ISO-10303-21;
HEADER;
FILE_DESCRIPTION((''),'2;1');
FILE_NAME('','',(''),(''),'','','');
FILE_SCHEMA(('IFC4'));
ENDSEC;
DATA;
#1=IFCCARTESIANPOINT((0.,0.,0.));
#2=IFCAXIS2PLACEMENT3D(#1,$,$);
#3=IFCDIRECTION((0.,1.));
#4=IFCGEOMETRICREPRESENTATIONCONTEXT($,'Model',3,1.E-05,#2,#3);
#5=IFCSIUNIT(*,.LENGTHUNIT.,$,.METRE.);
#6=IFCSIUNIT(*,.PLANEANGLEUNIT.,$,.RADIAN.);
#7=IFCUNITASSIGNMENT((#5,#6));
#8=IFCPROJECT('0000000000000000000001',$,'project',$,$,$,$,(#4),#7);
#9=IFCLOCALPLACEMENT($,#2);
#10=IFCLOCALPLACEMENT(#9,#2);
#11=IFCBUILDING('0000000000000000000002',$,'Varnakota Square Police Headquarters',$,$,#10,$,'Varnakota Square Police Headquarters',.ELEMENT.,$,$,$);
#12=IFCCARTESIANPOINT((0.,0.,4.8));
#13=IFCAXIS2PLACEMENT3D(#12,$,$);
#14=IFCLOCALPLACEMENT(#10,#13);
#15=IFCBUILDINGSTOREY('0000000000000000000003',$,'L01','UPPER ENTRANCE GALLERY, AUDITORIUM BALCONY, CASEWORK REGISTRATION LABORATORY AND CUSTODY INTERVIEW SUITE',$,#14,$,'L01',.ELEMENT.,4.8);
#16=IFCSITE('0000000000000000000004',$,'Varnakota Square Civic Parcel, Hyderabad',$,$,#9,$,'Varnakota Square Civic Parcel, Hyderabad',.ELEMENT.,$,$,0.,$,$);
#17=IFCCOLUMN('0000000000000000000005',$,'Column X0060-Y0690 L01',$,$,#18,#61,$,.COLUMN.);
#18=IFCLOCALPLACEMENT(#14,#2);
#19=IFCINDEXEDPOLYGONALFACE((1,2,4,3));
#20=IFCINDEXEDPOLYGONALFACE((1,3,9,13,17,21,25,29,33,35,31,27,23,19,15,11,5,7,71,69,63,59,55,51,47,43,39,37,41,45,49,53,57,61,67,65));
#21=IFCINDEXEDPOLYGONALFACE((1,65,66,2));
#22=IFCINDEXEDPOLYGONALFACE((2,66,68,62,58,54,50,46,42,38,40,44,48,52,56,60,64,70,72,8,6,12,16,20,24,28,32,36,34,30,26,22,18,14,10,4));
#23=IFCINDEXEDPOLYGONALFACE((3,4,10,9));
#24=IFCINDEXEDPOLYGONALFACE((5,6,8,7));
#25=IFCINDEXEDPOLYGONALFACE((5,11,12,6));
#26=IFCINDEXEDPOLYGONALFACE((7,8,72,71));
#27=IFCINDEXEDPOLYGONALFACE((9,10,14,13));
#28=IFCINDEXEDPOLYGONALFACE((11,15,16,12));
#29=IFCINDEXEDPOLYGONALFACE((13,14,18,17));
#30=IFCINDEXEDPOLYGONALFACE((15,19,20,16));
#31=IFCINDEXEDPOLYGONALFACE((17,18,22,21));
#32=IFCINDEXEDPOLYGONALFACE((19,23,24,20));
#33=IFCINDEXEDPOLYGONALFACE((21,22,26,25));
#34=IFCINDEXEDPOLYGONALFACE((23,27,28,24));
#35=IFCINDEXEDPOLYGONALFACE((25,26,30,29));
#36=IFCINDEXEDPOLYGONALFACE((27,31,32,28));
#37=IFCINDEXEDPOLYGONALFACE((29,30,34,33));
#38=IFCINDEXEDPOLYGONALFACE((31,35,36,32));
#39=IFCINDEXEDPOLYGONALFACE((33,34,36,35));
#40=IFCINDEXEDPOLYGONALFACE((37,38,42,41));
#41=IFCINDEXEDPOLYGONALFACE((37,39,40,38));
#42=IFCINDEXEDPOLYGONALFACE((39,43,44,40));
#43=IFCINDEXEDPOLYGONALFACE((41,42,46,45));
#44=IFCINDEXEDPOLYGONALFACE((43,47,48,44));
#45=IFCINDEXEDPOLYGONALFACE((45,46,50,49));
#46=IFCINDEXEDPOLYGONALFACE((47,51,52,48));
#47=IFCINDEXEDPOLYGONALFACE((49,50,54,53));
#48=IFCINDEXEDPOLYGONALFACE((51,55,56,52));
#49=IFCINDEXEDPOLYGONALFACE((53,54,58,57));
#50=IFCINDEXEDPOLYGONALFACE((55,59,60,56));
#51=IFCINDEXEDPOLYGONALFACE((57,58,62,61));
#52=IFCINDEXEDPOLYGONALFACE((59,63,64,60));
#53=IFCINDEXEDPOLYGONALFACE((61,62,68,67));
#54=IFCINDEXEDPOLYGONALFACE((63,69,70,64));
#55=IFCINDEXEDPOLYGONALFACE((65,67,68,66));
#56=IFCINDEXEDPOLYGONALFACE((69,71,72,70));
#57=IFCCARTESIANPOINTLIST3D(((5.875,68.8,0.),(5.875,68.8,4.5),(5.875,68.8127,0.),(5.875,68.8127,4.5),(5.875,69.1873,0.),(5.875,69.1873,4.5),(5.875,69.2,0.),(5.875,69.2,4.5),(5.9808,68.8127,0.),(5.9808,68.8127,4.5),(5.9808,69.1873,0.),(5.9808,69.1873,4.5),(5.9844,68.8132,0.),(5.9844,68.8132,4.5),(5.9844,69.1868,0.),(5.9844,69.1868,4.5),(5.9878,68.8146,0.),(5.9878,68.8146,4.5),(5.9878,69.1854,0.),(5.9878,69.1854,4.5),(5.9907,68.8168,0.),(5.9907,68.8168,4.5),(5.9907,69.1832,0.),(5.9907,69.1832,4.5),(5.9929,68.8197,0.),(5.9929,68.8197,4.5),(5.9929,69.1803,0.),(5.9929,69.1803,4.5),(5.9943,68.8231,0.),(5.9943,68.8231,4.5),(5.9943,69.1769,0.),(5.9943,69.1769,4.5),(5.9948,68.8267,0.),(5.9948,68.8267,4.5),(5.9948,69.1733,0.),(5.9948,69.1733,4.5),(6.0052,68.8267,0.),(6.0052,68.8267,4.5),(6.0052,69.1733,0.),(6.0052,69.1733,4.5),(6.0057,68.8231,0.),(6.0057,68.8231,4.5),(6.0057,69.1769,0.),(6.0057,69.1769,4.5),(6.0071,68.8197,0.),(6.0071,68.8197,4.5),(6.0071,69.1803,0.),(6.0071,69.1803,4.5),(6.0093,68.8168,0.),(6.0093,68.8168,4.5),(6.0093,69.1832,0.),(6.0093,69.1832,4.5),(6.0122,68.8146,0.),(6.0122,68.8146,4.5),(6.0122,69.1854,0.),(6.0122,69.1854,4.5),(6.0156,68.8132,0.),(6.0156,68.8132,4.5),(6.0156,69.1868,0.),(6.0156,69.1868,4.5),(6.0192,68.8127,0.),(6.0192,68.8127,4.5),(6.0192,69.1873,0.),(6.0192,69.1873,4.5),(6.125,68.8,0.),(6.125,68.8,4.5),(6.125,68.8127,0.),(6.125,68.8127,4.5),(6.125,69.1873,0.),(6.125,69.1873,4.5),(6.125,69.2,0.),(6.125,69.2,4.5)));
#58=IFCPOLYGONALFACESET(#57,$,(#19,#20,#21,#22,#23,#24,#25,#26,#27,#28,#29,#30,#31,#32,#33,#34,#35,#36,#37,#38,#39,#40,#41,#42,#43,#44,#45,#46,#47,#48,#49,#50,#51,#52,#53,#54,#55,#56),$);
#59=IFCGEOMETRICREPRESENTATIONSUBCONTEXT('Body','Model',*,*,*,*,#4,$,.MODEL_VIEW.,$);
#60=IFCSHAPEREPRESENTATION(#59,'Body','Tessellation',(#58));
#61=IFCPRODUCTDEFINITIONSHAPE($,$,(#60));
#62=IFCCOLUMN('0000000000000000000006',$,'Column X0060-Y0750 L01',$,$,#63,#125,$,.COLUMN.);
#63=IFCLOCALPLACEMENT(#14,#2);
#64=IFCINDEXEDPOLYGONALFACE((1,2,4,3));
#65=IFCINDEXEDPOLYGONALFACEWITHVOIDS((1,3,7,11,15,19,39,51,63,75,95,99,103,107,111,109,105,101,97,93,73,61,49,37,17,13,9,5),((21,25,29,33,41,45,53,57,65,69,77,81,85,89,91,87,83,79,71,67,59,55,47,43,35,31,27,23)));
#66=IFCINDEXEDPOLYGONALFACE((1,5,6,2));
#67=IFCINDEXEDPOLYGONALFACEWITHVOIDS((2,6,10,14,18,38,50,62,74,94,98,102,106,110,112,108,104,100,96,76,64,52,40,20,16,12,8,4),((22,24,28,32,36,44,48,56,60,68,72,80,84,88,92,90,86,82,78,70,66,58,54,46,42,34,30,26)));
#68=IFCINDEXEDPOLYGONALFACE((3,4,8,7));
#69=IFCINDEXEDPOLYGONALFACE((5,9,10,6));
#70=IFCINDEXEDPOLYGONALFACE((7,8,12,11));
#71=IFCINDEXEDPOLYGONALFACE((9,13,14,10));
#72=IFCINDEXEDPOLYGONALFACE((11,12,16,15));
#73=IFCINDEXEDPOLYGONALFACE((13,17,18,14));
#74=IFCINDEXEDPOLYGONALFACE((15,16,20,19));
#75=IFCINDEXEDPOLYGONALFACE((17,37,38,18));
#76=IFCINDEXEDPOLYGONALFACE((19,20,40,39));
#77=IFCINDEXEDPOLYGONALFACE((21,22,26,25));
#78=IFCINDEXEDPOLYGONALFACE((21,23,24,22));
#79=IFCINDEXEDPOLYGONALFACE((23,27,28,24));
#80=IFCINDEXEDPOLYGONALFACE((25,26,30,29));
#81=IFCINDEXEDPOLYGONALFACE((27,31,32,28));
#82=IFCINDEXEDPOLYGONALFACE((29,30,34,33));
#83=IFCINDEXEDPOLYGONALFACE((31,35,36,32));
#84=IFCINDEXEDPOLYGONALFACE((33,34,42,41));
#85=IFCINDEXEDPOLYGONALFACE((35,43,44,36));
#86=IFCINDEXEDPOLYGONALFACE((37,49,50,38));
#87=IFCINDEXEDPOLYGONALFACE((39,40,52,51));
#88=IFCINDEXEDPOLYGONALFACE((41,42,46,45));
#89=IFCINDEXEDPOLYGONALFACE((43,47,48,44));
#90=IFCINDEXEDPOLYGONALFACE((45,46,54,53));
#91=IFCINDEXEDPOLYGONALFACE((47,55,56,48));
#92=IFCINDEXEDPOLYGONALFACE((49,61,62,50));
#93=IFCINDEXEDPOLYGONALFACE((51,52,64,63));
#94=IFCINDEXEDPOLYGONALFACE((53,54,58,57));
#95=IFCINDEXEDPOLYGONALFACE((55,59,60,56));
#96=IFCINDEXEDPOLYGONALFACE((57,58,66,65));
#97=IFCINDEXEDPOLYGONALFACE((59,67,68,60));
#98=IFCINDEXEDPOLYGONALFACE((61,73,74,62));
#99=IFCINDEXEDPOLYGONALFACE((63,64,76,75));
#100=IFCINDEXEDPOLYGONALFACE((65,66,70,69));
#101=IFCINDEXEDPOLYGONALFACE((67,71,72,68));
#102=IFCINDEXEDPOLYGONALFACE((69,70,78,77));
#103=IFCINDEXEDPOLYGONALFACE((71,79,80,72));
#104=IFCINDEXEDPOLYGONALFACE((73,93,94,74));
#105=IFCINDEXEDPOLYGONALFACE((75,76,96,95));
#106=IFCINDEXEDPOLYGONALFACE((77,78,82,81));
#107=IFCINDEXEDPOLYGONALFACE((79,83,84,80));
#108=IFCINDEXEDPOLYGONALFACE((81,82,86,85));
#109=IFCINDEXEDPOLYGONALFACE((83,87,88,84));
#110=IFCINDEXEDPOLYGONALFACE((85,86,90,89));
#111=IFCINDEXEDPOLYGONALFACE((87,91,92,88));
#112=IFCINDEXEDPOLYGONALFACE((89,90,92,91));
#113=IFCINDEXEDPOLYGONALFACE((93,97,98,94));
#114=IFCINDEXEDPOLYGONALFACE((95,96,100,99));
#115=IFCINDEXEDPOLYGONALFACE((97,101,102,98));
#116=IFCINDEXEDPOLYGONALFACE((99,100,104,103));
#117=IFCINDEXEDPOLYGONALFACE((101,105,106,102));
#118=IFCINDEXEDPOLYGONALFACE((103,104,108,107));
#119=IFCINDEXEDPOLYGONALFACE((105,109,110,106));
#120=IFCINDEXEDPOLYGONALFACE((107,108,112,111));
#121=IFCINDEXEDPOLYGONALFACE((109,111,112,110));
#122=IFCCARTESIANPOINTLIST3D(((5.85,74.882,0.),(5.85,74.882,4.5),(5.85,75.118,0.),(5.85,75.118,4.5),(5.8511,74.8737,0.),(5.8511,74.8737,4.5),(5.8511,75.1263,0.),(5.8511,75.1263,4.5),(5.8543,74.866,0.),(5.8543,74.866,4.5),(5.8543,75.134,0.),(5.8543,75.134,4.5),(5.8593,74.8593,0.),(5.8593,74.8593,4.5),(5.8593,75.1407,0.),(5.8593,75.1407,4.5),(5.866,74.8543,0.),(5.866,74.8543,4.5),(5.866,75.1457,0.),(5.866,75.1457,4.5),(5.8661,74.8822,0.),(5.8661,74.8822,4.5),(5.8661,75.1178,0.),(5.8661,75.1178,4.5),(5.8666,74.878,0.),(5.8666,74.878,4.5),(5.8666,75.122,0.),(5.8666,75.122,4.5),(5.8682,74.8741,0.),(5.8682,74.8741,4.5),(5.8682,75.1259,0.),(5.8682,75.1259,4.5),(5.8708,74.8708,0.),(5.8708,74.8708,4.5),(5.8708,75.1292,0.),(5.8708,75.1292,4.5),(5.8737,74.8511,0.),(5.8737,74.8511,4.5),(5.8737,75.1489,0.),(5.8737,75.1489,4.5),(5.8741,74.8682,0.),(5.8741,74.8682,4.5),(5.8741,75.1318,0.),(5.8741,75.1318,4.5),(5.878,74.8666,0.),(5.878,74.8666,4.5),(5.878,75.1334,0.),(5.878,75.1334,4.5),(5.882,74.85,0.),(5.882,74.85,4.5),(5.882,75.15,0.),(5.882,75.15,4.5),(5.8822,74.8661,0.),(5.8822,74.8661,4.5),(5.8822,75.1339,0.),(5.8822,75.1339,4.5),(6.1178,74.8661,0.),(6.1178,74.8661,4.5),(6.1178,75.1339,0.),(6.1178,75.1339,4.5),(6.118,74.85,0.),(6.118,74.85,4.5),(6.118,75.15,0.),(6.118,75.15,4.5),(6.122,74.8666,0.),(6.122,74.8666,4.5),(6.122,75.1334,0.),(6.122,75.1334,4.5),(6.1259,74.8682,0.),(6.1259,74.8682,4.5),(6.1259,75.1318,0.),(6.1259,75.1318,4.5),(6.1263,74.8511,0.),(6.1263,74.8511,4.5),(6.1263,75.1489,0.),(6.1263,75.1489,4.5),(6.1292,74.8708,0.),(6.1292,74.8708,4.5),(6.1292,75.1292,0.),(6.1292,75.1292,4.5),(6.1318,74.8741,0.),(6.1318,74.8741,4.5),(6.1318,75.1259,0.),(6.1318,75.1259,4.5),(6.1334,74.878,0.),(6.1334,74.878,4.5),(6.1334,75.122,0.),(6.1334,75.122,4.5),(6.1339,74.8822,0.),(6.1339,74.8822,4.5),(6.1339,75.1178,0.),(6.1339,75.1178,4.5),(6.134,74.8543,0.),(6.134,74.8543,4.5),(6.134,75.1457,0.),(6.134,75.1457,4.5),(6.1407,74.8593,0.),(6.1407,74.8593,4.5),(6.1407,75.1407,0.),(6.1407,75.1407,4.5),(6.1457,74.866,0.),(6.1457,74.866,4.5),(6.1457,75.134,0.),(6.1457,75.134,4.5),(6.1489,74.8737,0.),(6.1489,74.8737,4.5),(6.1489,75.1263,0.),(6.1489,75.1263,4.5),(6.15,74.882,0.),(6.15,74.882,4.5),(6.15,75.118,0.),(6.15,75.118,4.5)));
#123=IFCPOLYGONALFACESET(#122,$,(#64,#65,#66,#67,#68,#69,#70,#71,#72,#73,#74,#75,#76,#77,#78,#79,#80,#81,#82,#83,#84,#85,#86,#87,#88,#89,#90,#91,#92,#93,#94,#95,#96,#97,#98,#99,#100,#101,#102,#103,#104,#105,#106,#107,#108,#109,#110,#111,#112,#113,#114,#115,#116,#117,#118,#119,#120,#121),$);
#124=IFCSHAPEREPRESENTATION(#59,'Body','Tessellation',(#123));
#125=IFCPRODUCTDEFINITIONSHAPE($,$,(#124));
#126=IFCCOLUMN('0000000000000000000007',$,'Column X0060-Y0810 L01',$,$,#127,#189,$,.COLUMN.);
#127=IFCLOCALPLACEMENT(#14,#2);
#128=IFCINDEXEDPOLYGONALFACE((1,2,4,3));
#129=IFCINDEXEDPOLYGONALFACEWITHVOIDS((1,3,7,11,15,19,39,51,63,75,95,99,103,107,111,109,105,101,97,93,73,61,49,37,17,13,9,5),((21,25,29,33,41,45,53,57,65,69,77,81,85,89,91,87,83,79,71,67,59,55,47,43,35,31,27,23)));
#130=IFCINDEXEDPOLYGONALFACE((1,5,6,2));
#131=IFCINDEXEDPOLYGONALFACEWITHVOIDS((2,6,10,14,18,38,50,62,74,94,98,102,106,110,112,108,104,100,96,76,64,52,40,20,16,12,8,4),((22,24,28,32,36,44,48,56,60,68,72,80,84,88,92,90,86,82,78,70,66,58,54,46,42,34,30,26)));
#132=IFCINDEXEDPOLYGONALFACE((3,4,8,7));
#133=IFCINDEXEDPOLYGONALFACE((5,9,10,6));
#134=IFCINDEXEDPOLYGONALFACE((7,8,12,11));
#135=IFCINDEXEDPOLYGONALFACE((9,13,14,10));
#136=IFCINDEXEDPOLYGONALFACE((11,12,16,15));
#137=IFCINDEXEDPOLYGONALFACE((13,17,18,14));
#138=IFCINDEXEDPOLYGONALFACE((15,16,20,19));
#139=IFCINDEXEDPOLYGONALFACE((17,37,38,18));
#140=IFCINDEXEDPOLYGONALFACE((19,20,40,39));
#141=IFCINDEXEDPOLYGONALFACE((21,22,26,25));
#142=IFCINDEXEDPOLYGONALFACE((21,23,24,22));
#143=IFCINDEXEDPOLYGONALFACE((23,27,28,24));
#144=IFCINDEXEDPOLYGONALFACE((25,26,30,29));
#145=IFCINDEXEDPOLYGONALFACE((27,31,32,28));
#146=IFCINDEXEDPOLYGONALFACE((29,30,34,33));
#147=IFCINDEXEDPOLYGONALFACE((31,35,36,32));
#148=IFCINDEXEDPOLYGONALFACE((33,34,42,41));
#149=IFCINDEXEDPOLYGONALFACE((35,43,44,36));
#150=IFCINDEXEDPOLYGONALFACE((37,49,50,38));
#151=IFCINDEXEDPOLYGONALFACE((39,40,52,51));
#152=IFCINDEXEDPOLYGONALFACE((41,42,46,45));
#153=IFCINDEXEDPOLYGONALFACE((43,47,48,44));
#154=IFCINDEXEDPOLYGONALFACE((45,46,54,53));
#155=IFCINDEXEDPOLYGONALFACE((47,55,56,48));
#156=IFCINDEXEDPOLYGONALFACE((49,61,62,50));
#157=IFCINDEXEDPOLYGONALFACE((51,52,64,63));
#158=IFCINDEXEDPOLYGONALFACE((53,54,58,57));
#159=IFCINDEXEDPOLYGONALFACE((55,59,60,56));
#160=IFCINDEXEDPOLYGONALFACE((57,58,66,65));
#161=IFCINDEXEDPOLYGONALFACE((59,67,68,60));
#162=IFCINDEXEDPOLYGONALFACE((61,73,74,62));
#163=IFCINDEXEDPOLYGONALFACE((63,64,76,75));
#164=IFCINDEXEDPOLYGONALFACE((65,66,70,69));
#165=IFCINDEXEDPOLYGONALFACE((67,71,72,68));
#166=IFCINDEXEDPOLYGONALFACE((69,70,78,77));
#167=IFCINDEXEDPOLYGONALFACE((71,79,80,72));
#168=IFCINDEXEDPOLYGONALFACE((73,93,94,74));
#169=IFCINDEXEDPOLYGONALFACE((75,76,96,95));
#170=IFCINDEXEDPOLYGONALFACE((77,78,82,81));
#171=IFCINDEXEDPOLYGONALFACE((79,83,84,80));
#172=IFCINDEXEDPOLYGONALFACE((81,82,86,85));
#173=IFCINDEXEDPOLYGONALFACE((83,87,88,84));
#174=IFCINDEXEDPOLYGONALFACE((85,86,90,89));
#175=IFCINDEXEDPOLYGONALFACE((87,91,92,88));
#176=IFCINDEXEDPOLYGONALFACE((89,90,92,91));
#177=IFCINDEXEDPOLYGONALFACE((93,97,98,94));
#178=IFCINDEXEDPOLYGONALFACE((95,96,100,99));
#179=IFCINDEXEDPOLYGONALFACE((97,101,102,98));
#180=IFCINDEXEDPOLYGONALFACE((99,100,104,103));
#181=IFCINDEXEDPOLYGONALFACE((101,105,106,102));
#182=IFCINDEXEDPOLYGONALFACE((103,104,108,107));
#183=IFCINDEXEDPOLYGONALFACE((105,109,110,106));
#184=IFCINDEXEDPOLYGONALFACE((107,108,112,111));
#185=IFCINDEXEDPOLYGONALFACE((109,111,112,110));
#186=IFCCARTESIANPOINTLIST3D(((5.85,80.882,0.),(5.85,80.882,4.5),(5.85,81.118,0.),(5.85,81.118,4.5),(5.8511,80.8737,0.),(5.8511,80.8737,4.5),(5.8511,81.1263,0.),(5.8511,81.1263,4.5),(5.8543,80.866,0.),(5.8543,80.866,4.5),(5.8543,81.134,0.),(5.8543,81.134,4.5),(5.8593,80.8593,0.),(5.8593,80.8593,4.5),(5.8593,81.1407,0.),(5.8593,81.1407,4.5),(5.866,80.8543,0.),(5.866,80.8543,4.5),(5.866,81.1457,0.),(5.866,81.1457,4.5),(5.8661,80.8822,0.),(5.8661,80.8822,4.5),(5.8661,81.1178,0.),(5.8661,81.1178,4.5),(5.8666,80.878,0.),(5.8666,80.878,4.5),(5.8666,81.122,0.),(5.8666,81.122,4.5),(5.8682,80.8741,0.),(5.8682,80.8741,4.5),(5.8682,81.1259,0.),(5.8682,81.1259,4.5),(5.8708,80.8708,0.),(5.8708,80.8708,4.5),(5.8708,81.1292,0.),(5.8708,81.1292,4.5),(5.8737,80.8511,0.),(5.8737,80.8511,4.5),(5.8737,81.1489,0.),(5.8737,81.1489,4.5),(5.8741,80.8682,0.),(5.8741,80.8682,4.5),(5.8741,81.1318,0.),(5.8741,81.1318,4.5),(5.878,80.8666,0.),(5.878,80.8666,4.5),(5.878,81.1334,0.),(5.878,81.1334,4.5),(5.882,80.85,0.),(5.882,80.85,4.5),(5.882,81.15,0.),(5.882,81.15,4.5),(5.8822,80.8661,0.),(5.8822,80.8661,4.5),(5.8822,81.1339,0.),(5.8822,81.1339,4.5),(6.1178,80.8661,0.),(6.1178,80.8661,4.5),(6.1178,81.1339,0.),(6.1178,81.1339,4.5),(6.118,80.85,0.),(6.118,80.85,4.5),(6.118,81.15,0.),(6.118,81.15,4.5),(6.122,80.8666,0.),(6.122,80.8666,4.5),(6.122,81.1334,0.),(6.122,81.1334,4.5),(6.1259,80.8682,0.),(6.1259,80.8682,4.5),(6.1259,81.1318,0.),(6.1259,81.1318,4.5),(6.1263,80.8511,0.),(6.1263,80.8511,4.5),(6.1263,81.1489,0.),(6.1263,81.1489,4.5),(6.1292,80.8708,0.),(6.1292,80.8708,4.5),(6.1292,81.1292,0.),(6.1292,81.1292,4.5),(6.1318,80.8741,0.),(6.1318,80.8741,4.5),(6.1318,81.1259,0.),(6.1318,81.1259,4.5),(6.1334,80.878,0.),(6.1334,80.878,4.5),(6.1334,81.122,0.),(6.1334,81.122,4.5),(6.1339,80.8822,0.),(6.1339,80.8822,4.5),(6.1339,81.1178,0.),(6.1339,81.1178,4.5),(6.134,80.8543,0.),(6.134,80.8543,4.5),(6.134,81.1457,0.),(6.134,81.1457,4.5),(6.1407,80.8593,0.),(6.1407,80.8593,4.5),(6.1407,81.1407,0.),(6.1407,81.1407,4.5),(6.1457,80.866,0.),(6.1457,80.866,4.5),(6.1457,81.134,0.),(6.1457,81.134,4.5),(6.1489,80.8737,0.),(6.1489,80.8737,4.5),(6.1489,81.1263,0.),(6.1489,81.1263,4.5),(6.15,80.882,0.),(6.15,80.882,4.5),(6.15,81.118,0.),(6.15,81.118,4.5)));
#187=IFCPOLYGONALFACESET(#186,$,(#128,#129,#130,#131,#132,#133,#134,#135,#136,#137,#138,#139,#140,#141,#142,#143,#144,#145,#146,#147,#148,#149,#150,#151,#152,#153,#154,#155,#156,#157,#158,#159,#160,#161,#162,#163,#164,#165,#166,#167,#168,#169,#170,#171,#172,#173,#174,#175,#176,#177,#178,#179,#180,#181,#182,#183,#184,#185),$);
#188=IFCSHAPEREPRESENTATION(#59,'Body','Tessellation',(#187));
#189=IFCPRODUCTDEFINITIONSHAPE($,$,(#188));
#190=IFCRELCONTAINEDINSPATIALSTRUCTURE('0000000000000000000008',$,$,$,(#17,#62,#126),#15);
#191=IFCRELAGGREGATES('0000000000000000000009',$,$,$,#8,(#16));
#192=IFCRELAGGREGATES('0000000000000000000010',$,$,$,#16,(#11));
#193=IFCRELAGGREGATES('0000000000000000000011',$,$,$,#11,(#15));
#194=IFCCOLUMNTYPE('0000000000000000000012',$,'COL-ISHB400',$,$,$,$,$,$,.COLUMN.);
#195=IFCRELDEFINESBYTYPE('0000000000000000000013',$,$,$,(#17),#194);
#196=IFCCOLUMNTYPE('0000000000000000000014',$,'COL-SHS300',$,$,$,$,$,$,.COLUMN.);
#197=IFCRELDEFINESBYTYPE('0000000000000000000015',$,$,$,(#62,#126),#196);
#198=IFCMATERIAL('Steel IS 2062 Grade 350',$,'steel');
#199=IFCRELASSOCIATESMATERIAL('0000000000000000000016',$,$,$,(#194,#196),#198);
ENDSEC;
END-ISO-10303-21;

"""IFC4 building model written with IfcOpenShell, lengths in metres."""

from ifc_helpers import new_model, si_unit, direction, frame, origin, origin_2d, place, context, subcontext, project, spatial, hollow_rectangle, i_section, extrude, material, material_profile, profile_set, type_object, element, save


model = new_model("IFC4")

# Units and contexts
model_context = context("Model", 3, precision=1e-05, world=origin(), true_north=direction((0.0, 1.0)))
body_context = subcontext(model_context, "Body", "Model", "MODEL_VIEW")
ifc_project = project(units=[si_unit("LENGTHUNIT", "METRE"), si_unit("PLANEANGLEUNIT", "RADIAN")], contexts=[model_context])

# Site, building, storey
site_placement = place(None, origin())
site = spatial("IfcSite", under=ifc_project, at=site_placement, Name="Varnakota Square Civic Parcel, Hyderabad", LongName="Varnakota Square Civic Parcel, Hyderabad", CompositionType="ELEMENT", RefElevation=0.0)
building_placement = place(site_placement, origin())
building = spatial("IfcBuilding", under=site, at=building_placement, Name="Varnakota Square Police Headquarters", LongName="Varnakota Square Police Headquarters", CompositionType="ELEMENT")
storey_placement = place(building_placement, frame((0.0, 0.0, 4.8)))
storey = spatial("IfcBuildingStorey", under=building, at=storey_placement, Name="L01", Description="UPPER ENTRANCE GALLERY, AUDITORIUM BALCONY, CASEWORK REGISTRATION LABORATORY AND CUSTODY INTERVIEW SUITE", LongName="L01", CompositionType="ELEMENT", Elevation=4.8)

# Columns
ifc_material_1 = material(Name="Steel IS 2062 Grade 350", Category="steel")
ifc_material_profile_1 = material_profile(ifc_material_1, i_section(OverallWidth=0.25, OverallDepth=0.3999, WebThickness=0.0105, FlangeThickness=0.0127, FilletRadius=0.0139, at=origin_2d()), Name="ISHB 400")
ifc_profile_set_1 = profile_set([ifc_material_profile_1], Name="Steel IS 2062 Grade 350")
column_type_1 = type_object("IfcColumnType", Name="COL-ISHB400", PredefinedType="COLUMN", material=ifc_profile_set_1)
column_placement = place(storey_placement, frame((6.0, 69.0, 0.0), z_axis=(0.0, 0.0, 1.0), x_axis=(1.0, 0.0, 0.0)))
element("IfcColumn", 1, at=column_placement, inside=storey, type_object=column_type_1, Name="Column X0060-Y0690 L01", PredefinedType="COLUMN", context=body_context, shape_type="SweptSolid", body=[
    extrude(i_section(OverallWidth=0.25, OverallDepth=0.3999, WebThickness=0.0105, FlangeThickness=0.0127, FilletRadius=0.0139, at=origin_2d()), origin(), (0.0, 0.0, 1.0), 4.5),
])
ifc_material_profile_2 = material_profile(ifc_material_1, hollow_rectangle(XDim=0.3, YDim=0.3, WallThickness=0.0161, InnerFilletRadius=0.0161, OuterFilletRadius=0.032, at=origin_2d()), Name="SHS 300x300x16")
ifc_profile_set_2 = profile_set([ifc_material_profile_2], Name="Steel IS 2062 Grade 350")
column_type_2 = type_object("IfcColumnType", Name="COL-SHS300", PredefinedType="COLUMN", material=ifc_profile_set_2)
for number, where, z_axis, x_axis, name in (
    (2, (6.0, 75.0, 0.0), (0.0, 0.0, 1.0), (1.0, 0.0, 0.0), "Column X0060-Y0750 L01"),
    (3, (6.0, 81.0, 0.0), (0.0, 0.0, 1.0), (1.0, 0.0, 0.0), "Column X0060-Y0810 L01"),
):
    element("IfcColumn", number, at=place(storey_placement, frame(where, z_axis=z_axis, x_axis=x_axis)), inside=storey, type_object=column_type_2, Name=name, PredefinedType="COLUMN", context=body_context, shape_type="SweptSolid", body=[
        extrude(hollow_rectangle(XDim=0.3, YDim=0.3, WallThickness=0.0161, InnerFilletRadius=0.0161, OuterFilletRadius=0.032, at=origin_2d()), origin(), (0.0, 0.0, 1.0), 4.5),
    ])

save(model, "model.ifc")
